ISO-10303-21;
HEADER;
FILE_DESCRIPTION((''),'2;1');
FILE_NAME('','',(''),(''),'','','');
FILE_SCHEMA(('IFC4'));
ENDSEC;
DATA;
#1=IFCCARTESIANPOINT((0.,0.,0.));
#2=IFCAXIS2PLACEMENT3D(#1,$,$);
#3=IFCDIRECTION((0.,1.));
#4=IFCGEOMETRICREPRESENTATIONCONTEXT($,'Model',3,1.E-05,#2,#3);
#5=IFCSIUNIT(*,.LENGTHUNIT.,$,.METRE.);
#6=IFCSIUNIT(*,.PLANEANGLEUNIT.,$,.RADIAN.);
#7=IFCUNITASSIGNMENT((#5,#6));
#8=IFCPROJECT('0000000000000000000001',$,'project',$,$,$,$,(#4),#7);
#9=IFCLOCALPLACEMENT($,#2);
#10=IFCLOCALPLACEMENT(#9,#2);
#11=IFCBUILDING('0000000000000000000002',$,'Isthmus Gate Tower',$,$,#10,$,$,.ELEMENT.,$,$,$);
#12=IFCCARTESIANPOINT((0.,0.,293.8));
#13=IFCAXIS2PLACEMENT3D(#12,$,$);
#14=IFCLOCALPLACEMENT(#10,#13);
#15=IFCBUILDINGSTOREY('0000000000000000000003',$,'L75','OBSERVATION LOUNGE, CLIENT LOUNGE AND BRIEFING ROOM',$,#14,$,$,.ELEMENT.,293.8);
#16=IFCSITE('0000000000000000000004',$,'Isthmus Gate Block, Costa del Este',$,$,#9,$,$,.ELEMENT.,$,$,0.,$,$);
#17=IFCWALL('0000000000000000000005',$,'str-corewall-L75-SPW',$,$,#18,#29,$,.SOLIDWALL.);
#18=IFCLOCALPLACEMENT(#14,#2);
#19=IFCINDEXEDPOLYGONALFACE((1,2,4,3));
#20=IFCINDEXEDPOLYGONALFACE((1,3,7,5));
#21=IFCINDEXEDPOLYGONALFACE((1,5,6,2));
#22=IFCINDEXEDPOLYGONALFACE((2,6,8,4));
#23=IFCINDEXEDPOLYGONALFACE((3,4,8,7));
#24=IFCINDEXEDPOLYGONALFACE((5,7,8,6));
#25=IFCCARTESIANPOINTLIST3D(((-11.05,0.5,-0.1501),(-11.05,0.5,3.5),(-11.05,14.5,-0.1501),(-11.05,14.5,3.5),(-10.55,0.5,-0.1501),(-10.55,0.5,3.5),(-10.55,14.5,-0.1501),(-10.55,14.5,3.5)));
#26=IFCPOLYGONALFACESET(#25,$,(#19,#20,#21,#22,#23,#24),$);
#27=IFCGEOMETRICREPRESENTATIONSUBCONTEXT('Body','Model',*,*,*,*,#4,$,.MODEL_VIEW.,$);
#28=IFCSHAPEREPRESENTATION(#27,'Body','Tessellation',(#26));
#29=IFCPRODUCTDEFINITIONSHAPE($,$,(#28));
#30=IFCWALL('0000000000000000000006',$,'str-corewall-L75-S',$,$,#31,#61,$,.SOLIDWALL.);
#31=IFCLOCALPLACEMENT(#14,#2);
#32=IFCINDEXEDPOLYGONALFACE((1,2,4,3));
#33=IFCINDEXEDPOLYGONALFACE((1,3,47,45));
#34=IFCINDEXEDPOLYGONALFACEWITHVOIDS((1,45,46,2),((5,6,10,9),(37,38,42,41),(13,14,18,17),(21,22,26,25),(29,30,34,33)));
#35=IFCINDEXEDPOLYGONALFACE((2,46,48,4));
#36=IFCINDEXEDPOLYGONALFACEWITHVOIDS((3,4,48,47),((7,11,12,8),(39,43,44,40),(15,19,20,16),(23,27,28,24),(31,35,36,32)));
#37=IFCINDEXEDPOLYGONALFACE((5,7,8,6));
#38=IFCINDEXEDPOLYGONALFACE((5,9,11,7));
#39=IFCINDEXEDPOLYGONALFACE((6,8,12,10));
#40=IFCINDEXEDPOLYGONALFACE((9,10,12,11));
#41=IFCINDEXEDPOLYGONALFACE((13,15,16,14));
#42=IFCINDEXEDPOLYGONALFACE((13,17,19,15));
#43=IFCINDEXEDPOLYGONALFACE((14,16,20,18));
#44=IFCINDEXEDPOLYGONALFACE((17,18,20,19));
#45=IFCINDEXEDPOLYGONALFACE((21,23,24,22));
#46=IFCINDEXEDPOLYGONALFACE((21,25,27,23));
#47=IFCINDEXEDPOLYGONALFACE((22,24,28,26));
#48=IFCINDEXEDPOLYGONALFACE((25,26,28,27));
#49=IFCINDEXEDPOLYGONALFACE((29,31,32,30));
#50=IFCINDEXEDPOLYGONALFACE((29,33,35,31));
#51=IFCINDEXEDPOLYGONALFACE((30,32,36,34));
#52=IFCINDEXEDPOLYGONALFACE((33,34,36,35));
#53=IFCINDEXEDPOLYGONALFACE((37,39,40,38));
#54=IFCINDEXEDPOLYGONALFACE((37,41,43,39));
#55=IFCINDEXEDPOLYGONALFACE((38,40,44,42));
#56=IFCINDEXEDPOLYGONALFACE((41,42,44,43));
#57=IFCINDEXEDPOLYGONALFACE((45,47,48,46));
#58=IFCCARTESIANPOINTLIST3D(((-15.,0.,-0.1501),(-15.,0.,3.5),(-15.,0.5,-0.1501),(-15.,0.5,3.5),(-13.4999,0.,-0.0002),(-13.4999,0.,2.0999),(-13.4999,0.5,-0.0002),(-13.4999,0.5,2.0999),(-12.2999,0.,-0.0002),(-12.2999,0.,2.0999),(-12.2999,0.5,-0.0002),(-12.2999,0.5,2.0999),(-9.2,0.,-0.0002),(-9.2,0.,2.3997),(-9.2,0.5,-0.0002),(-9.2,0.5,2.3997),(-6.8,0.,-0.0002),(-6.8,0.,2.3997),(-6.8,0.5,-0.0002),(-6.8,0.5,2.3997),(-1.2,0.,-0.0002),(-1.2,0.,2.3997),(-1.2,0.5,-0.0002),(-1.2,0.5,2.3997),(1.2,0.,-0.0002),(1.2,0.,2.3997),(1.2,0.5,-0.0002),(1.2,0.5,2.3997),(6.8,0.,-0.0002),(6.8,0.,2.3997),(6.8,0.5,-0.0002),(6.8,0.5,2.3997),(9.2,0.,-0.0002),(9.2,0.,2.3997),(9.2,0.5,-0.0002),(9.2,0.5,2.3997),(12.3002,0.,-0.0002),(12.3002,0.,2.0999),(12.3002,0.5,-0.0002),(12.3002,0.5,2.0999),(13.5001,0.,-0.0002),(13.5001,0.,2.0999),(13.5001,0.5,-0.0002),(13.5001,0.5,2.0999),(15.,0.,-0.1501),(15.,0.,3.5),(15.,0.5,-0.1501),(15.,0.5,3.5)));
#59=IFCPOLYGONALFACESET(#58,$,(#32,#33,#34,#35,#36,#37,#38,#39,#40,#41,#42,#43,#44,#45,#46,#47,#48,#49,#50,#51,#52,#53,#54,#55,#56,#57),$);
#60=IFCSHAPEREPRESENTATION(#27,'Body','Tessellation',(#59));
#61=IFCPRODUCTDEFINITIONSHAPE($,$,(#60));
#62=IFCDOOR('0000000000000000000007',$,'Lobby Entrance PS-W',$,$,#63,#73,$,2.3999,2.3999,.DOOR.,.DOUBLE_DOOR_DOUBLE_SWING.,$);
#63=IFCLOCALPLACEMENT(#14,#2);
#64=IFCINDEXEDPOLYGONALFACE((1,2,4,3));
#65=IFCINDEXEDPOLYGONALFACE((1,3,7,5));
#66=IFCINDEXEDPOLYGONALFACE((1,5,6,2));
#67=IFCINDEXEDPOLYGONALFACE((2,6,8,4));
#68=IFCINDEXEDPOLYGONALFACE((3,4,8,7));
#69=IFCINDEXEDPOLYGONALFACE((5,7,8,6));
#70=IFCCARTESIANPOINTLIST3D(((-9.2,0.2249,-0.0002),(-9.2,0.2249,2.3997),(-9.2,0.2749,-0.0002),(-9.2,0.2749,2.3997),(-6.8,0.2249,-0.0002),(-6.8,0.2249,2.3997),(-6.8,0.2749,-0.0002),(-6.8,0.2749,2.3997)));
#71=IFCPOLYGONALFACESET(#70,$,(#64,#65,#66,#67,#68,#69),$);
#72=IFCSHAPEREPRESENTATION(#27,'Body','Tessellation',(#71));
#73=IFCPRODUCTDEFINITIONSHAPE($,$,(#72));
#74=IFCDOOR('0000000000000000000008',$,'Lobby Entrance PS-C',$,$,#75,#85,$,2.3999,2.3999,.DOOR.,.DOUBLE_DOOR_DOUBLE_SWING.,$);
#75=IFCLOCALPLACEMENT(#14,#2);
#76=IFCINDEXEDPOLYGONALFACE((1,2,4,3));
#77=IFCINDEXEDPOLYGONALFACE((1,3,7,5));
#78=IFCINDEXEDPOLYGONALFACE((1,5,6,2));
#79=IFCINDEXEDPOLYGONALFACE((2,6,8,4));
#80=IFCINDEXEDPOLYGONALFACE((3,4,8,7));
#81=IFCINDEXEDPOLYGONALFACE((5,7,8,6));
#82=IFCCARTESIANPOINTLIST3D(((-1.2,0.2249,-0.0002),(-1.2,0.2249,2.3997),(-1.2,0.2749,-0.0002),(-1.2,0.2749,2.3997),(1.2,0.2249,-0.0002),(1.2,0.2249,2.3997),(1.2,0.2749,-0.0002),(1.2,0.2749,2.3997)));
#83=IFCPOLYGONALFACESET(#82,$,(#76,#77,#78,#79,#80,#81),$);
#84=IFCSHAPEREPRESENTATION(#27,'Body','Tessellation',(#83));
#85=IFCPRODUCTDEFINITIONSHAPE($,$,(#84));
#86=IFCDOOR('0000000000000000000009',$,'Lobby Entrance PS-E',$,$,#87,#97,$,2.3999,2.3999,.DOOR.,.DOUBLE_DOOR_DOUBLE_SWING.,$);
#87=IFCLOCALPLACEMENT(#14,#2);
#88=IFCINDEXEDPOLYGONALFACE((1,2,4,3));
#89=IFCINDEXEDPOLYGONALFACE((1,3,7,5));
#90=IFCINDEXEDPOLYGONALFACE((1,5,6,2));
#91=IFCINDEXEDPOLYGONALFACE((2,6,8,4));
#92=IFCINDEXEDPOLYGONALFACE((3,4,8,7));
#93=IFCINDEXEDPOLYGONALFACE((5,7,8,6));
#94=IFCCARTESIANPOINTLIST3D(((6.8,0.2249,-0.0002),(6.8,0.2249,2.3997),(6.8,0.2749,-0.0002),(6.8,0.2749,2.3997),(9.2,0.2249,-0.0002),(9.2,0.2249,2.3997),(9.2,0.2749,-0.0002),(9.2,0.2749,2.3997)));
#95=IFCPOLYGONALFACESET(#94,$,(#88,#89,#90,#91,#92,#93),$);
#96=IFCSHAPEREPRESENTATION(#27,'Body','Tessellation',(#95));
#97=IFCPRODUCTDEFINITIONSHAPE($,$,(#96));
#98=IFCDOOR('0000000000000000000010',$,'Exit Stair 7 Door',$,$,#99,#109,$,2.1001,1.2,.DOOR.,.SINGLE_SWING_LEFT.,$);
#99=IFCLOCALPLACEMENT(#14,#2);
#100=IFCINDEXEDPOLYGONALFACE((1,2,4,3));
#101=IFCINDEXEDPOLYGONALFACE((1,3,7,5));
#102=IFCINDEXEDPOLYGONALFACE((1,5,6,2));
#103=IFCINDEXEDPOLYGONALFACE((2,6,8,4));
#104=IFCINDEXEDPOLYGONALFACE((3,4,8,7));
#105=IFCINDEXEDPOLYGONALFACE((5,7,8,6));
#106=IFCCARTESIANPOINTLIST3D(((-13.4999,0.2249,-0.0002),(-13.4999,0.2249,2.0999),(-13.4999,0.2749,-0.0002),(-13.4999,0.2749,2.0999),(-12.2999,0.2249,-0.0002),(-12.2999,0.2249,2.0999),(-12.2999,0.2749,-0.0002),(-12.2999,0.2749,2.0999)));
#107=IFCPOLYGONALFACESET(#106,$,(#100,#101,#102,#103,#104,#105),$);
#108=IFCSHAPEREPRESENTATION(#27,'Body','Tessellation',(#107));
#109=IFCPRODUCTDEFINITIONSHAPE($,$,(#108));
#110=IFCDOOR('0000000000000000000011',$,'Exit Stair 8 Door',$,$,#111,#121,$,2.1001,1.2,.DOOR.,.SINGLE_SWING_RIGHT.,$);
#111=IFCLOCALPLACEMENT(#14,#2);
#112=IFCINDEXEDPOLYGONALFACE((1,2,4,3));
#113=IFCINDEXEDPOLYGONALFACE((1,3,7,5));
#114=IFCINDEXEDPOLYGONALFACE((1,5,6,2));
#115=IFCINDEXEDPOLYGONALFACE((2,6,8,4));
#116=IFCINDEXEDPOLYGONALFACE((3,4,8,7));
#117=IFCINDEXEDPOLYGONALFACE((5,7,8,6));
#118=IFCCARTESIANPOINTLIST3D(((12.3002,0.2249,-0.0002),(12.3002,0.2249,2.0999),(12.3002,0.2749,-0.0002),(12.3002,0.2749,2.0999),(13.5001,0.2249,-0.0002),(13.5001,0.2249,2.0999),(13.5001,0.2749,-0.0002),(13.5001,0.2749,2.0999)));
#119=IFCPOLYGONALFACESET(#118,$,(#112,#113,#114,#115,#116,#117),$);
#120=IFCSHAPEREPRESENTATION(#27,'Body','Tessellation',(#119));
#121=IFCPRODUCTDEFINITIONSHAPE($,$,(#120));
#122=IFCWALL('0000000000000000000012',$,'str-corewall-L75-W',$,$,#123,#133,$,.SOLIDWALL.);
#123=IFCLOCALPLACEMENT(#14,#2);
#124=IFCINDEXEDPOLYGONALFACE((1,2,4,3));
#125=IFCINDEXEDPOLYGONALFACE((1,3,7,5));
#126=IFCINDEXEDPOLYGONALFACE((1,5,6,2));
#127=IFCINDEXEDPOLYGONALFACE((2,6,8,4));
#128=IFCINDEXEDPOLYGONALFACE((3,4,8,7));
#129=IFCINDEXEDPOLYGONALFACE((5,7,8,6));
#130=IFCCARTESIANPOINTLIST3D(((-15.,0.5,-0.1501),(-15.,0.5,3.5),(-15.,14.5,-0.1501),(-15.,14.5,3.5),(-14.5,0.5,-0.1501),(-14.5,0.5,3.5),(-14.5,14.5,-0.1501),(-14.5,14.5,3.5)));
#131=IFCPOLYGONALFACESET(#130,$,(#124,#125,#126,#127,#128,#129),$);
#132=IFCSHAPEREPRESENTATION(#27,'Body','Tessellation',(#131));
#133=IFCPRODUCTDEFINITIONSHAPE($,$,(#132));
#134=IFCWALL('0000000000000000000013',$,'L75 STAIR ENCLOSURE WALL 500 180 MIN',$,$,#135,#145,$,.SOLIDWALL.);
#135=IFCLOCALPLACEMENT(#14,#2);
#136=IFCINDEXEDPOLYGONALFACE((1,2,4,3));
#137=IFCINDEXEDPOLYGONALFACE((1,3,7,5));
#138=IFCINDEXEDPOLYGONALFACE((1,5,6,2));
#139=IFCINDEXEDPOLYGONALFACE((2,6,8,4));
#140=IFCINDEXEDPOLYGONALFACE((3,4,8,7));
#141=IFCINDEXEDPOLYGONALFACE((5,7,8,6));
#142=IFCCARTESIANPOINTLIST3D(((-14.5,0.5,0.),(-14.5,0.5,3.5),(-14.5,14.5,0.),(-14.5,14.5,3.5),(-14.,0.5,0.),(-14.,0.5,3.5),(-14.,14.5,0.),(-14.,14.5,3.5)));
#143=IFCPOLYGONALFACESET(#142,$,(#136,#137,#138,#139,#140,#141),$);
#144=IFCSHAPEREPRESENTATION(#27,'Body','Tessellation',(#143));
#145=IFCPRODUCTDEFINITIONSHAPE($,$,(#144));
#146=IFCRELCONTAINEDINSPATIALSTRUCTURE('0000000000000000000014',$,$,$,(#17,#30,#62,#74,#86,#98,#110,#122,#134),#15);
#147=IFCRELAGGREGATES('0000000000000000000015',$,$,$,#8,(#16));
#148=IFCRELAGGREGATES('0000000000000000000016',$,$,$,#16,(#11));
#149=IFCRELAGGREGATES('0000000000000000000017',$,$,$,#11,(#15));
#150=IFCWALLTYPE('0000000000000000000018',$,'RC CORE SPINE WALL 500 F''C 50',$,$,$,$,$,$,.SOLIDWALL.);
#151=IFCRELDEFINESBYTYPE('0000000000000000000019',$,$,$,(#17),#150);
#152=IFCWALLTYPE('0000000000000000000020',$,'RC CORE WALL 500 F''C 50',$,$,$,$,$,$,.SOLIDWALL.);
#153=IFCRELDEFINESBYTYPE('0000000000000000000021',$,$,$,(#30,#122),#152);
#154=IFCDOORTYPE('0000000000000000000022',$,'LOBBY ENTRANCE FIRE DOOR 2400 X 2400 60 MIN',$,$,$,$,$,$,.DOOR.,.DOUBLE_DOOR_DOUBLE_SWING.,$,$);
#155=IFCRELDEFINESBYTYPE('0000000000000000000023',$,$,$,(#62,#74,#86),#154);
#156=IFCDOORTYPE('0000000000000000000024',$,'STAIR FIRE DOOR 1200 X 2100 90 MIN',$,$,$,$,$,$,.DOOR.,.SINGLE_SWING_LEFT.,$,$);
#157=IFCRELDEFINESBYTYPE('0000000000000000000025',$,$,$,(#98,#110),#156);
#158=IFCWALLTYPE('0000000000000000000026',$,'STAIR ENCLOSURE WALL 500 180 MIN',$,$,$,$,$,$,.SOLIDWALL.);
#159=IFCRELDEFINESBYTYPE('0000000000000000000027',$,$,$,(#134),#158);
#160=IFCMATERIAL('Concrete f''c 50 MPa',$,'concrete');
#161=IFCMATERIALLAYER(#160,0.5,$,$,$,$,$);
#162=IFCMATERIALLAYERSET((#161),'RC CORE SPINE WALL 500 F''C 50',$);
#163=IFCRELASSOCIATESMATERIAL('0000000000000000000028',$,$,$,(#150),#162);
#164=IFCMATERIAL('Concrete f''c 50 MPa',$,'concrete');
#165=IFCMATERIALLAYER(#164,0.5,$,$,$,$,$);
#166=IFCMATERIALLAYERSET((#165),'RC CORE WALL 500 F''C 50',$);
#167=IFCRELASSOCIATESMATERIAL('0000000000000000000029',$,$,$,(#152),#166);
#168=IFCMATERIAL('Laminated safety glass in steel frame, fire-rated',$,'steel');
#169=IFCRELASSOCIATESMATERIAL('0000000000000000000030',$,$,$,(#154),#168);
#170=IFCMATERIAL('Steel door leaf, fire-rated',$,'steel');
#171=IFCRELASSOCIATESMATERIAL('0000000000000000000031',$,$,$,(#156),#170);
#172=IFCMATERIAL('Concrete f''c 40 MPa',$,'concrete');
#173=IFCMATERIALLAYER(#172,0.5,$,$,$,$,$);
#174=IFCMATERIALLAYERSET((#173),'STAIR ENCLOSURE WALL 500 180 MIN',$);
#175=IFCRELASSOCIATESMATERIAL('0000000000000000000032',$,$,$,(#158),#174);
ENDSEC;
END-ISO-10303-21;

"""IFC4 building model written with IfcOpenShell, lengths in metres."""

from ifc_helpers import new_model, si_unit, direction, frame, frame_2d, origin, place, context, subcontext, project, spatial, rectangle, extrude, material, layer, layer_set, type_object, element, fill, save


model = new_model("IFC4")

# Units and contexts
model_context = context("Model", 3, precision=1e-05, world=origin(), true_north=direction((0.0, 1.0)))
body_context = subcontext(model_context, "Body", "Model", "MODEL_VIEW")
ifc_project = project(units=[si_unit("LENGTHUNIT", "METRE"), si_unit("PLANEANGLEUNIT", "RADIAN")], contexts=[model_context])

# Site, building, storey
site_placement = place(None, origin())
site = spatial("IfcSite", under=ifc_project, at=site_placement, Name="Isthmus Gate Block, Costa del Este", CompositionType="ELEMENT", RefElevation=0.0)
building_placement = place(site_placement, origin())
building = spatial("IfcBuilding", under=site, at=building_placement, Name="Isthmus Gate Tower", CompositionType="ELEMENT")
storey_placement = place(building_placement, frame((0.0, 0.0, 293.8)))
storey = spatial("IfcBuildingStorey", under=building, at=storey_placement, Name="L75", Description="OBSERVATION LOUNGE, CLIENT LOUNGE AND BRIEFING ROOM", CompositionType="ELEMENT", Elevation=293.8)

# Wall
ifc_material_1 = material(Name="Concrete f'c 50 MPa", Category="concrete")
ifc_layer_1 = layer(ifc_material_1, 0.5)
ifc_layer_set_1 = layer_set([ifc_layer_1], Name="RC CORE SPINE WALL 500 F'C 50")
wall_type_1 = type_object("IfcWallType", Name="RC CORE SPINE WALL 500 F'C 50", PredefinedType="SOLIDWALL", material=ifc_layer_set_1)
wall_1_placement = place(storey_placement, frame((-10.8, 0.5, -0.1501), z_axis=(0.0, 0.0, 1.0), x_axis=(0.0, 1.0, 0.0)))
element("IfcWall", 1, at=wall_1_placement, inside=storey, type_object=wall_type_1, Name="str-corewall-L75-SPW", PredefinedType="SOLIDWALL", context=body_context, shape_type="SweptSolid", body=[
    extrude(rectangle(XDim=14.0, YDim=0.5, at=frame_2d((7.0, 0.0))), origin(), (0.0, 0.0, 1.0), 3.6501),
])

# Wall, openings, doors
ifc_material_2 = material(Name="Concrete f'c 50 MPa", Category="concrete")
ifc_layer_2 = layer(ifc_material_2, 0.5)
ifc_layer_set_2 = layer_set([ifc_layer_2], Name="RC CORE WALL 500 F'C 50")
wall_type_2 = type_object("IfcWallType", Name="RC CORE WALL 500 F'C 50", PredefinedType="SOLIDWALL", material=ifc_layer_set_2)
wall_2_placement = place(storey_placement, frame((-15.0, 0.25, -0.1501), z_axis=(0.0, 0.0, 1.0), x_axis=(1.0, 0.0, 0.0)))
wall_2 = element("IfcWall", 2, at=wall_2_placement, inside=storey, type_object=wall_type_2, Name="str-corewall-L75-S", PredefinedType="SOLIDWALL", context=body_context, shape_type="SweptSolid", body=[
    extrude(rectangle(XDim=30.0, YDim=0.5, at=frame_2d((15.0, 0.0))), origin(), (0.0, 0.0, 1.0), 3.6501),
])
opening_1_placement = place(wall_2_placement, frame((5.8, 0.0, 0.1499)))
opening_1 = element("IfcOpeningElement", 3, at=opening_1_placement, cuts=wall_2, PredefinedType="OPENING", context=body_context, shape_type="SweptSolid", body=[
    extrude(rectangle(XDim=2.3999, YDim=2.3999, at=frame_2d((1.2, 1.2))), frame((0.0, 0.26, 0.0), z_axis=(0.0, -1.0, 0.0), x_axis=(1.0, 0.0, 0.0)), (0.0, 0.0, 1.0), 0.52),
])
opening_2_placement = place(wall_2_placement, frame((13.8, 0.0, 0.1499)))
opening_2 = element("IfcOpeningElement", 4, at=opening_2_placement, cuts=wall_2, PredefinedType="OPENING", context=body_context, shape_type="SweptSolid", body=[
    extrude(rectangle(XDim=2.3999, YDim=2.3999, at=frame_2d((1.2, 1.2))), frame((0.0, 0.26, 0.0), z_axis=(0.0, -1.0, 0.0), x_axis=(1.0, 0.0, 0.0)), (0.0, 0.0, 1.0), 0.52),
])
opening_3_placement = place(wall_2_placement, frame((21.8, 0.0, 0.1499)))
opening_3 = element("IfcOpeningElement", 5, at=opening_3_placement, cuts=wall_2, PredefinedType="OPENING", context=body_context, shape_type="SweptSolid", body=[
    extrude(rectangle(XDim=2.3999, YDim=2.3999, at=frame_2d((1.2, 1.2))), frame((0.0, 0.26, 0.0), z_axis=(0.0, -1.0, 0.0), x_axis=(1.0, 0.0, 0.0)), (0.0, 0.0, 1.0), 0.52),
])
opening_4_placement = place(wall_2_placement, frame((1.5, 0.0, 0.1499)))
opening_4 = element("IfcOpeningElement", 6, at=opening_4_placement, cuts=wall_2, PredefinedType="OPENING", context=body_context, shape_type="SweptSolid", body=[
    extrude(rectangle(XDim=1.2, YDim=2.1001, at=frame_2d((0.6001, 1.05))), frame((0.0, 0.26, 0.0), z_axis=(0.0, -1.0, 0.0), x_axis=(1.0, 0.0, 0.0)), (0.0, 0.0, 1.0), 0.52),
])
opening_5_placement = place(wall_2_placement, frame((27.3, 0.0, 0.1499)))
opening_5 = element("IfcOpeningElement", 7, at=opening_5_placement, cuts=wall_2, PredefinedType="OPENING", context=body_context, shape_type="SweptSolid", body=[
    extrude(rectangle(XDim=1.2, YDim=2.1001, at=frame_2d((0.6001, 1.05))), frame((0.0, 0.26, 0.0), z_axis=(0.0, -1.0, 0.0), x_axis=(1.0, 0.0, 0.0)), (0.0, 0.0, 1.0), 0.52),
])
ifc_material_3 = material(Name="Laminated safety glass in steel frame, fire-rated", Category="steel")
door_type_1 = type_object("IfcDoorType", Name="LOBBY ENTRANCE FIRE DOOR 2400 X 2400 60 MIN", OperationType="DOUBLE_DOOR_DOUBLE_SWING", PredefinedType="DOOR", material=ifc_material_3)
door_1_placement = place(opening_1_placement, origin())
door_1 = element("IfcDoor", 8, at=door_1_placement, inside=storey, type_object=door_type_1, Name="Lobby Entrance PS-W", OperationType="DOUBLE_DOOR_DOUBLE_SWING", OverallHeight=2.3999, OverallWidth=2.3999, PredefinedType="DOOR", context=body_context, shape_type="SweptSolid", body=[
    extrude(rectangle(XDim=2.3999, YDim=2.3999, at=frame_2d((1.2, 1.2))), frame((0.0, 0.0249, 0.0), z_axis=(0.0, -1.0, 0.0), x_axis=(1.0, 0.0, 0.0)), (0.0, 0.0, 1.0), 0.05),
])
fill(opening_1, door_1)
door_2_placement = place(opening_2_placement, origin())
door_2 = element("IfcDoor", 9, at=door_2_placement, inside=storey, type_object=door_type_1, Name="Lobby Entrance PS-C", OperationType="DOUBLE_DOOR_DOUBLE_SWING", OverallHeight=2.3999, OverallWidth=2.3999, PredefinedType="DOOR", context=body_context, shape_type="SweptSolid", body=[
    extrude(rectangle(XDim=2.3999, YDim=2.3999, at=frame_2d((1.2, 1.2))), frame((0.0, 0.0249, 0.0), z_axis=(0.0, -1.0, 0.0), x_axis=(1.0, 0.0, 0.0)), (0.0, 0.0, 1.0), 0.05),
])
fill(opening_2, door_2)
door_3_placement = place(opening_3_placement, origin())
door_3 = element("IfcDoor", 10, at=door_3_placement, inside=storey, type_object=door_type_1, Name="Lobby Entrance PS-E", OperationType="DOUBLE_DOOR_DOUBLE_SWING", OverallHeight=2.3999, OverallWidth=2.3999, PredefinedType="DOOR", context=body_context, shape_type="SweptSolid", body=[
    extrude(rectangle(XDim=2.3999, YDim=2.3999, at=frame_2d((1.2, 1.2))), frame((0.0, 0.0249, 0.0), z_axis=(0.0, -1.0, 0.0), x_axis=(1.0, 0.0, 0.0)), (0.0, 0.0, 1.0), 0.05),
])
fill(opening_3, door_3)
ifc_material_4 = material(Name="Steel door leaf, fire-rated", Category="steel")
door_type_2 = type_object("IfcDoorType", Name="STAIR FIRE DOOR 1200 X 2100 90 MIN", OperationType="SINGLE_SWING_LEFT", PredefinedType="DOOR", material=ifc_material_4)
door_4_placement = place(opening_4_placement, origin())
door_4 = element("IfcDoor", 11, at=door_4_placement, inside=storey, type_object=door_type_2, Name="Exit Stair 7 Door", OperationType="SINGLE_SWING_LEFT", OverallHeight=2.1001, OverallWidth=1.2, PredefinedType="DOOR", context=body_context, shape_type="SweptSolid", body=[
    extrude(rectangle(XDim=1.2, YDim=2.1001, at=frame_2d((0.6001, 1.05))), frame((0.0, 0.0249, 0.0), z_axis=(0.0, -1.0, 0.0), x_axis=(1.0, 0.0, 0.0)), (0.0, 0.0, 1.0), 0.05),
])
fill(opening_4, door_4)
door_5_placement = place(opening_5_placement, origin())
door_5 = element("IfcDoor", 12, at=door_5_placement, inside=storey, type_object=door_type_2, Name="Exit Stair 8 Door", OperationType="SINGLE_SWING_RIGHT", OverallHeight=2.1001, OverallWidth=1.2, PredefinedType="DOOR", context=body_context, shape_type="SweptSolid", body=[
    extrude(rectangle(XDim=1.2, YDim=2.1001, at=frame_2d((0.6001, 1.05))), frame((0.0, 0.0249, 0.0), z_axis=(0.0, -1.0, 0.0), x_axis=(1.0, 0.0, 0.0)), (0.0, 0.0, 1.0), 0.05),
])
fill(opening_5, door_5)

# Walls
wall_3_placement = place(storey_placement, frame((-14.75, 0.5, -0.1501), z_axis=(0.0, 0.0, 1.0), x_axis=(0.0, 1.0, 0.0)))
element("IfcWall", 13, at=wall_3_placement, inside=storey, type_object=wall_type_2, Name="str-corewall-L75-W", PredefinedType="SOLIDWALL", context=body_context, shape_type="SweptSolid", body=[
    extrude(rectangle(XDim=14.0, YDim=0.5, at=frame_2d((7.0, 0.0))), origin(), (0.0, 0.0, 1.0), 3.6501),
])
ifc_material_5 = material(Name="Concrete f'c 40 MPa", Category="concrete")
ifc_layer_3 = layer(ifc_material_5, 0.5)
ifc_layer_set_3 = layer_set([ifc_layer_3], Name="STAIR ENCLOSURE WALL 500 180 MIN")
wall_type_3 = type_object("IfcWallType", Name="STAIR ENCLOSURE WALL 500 180 MIN", PredefinedType="SOLIDWALL", material=ifc_layer_set_3)
wall_4_placement = place(storey_placement, frame((-14.25, 0.5, 0.0), z_axis=(0.0, 0.0, 1.0), x_axis=(0.0, 1.0, 0.0)))
element("IfcWall", 14, at=wall_4_placement, inside=storey, type_object=wall_type_3, Name="L75 STAIR ENCLOSURE WALL 500 180 MIN", PredefinedType="SOLIDWALL", context=body_context, shape_type="SweptSolid", body=[
    extrude(rectangle(XDim=14.0, YDim=0.5, at=frame_2d((7.0, 0.0))), origin(), (0.0, 0.0, 1.0), 3.5),
])

save(model, "model.ifc")
